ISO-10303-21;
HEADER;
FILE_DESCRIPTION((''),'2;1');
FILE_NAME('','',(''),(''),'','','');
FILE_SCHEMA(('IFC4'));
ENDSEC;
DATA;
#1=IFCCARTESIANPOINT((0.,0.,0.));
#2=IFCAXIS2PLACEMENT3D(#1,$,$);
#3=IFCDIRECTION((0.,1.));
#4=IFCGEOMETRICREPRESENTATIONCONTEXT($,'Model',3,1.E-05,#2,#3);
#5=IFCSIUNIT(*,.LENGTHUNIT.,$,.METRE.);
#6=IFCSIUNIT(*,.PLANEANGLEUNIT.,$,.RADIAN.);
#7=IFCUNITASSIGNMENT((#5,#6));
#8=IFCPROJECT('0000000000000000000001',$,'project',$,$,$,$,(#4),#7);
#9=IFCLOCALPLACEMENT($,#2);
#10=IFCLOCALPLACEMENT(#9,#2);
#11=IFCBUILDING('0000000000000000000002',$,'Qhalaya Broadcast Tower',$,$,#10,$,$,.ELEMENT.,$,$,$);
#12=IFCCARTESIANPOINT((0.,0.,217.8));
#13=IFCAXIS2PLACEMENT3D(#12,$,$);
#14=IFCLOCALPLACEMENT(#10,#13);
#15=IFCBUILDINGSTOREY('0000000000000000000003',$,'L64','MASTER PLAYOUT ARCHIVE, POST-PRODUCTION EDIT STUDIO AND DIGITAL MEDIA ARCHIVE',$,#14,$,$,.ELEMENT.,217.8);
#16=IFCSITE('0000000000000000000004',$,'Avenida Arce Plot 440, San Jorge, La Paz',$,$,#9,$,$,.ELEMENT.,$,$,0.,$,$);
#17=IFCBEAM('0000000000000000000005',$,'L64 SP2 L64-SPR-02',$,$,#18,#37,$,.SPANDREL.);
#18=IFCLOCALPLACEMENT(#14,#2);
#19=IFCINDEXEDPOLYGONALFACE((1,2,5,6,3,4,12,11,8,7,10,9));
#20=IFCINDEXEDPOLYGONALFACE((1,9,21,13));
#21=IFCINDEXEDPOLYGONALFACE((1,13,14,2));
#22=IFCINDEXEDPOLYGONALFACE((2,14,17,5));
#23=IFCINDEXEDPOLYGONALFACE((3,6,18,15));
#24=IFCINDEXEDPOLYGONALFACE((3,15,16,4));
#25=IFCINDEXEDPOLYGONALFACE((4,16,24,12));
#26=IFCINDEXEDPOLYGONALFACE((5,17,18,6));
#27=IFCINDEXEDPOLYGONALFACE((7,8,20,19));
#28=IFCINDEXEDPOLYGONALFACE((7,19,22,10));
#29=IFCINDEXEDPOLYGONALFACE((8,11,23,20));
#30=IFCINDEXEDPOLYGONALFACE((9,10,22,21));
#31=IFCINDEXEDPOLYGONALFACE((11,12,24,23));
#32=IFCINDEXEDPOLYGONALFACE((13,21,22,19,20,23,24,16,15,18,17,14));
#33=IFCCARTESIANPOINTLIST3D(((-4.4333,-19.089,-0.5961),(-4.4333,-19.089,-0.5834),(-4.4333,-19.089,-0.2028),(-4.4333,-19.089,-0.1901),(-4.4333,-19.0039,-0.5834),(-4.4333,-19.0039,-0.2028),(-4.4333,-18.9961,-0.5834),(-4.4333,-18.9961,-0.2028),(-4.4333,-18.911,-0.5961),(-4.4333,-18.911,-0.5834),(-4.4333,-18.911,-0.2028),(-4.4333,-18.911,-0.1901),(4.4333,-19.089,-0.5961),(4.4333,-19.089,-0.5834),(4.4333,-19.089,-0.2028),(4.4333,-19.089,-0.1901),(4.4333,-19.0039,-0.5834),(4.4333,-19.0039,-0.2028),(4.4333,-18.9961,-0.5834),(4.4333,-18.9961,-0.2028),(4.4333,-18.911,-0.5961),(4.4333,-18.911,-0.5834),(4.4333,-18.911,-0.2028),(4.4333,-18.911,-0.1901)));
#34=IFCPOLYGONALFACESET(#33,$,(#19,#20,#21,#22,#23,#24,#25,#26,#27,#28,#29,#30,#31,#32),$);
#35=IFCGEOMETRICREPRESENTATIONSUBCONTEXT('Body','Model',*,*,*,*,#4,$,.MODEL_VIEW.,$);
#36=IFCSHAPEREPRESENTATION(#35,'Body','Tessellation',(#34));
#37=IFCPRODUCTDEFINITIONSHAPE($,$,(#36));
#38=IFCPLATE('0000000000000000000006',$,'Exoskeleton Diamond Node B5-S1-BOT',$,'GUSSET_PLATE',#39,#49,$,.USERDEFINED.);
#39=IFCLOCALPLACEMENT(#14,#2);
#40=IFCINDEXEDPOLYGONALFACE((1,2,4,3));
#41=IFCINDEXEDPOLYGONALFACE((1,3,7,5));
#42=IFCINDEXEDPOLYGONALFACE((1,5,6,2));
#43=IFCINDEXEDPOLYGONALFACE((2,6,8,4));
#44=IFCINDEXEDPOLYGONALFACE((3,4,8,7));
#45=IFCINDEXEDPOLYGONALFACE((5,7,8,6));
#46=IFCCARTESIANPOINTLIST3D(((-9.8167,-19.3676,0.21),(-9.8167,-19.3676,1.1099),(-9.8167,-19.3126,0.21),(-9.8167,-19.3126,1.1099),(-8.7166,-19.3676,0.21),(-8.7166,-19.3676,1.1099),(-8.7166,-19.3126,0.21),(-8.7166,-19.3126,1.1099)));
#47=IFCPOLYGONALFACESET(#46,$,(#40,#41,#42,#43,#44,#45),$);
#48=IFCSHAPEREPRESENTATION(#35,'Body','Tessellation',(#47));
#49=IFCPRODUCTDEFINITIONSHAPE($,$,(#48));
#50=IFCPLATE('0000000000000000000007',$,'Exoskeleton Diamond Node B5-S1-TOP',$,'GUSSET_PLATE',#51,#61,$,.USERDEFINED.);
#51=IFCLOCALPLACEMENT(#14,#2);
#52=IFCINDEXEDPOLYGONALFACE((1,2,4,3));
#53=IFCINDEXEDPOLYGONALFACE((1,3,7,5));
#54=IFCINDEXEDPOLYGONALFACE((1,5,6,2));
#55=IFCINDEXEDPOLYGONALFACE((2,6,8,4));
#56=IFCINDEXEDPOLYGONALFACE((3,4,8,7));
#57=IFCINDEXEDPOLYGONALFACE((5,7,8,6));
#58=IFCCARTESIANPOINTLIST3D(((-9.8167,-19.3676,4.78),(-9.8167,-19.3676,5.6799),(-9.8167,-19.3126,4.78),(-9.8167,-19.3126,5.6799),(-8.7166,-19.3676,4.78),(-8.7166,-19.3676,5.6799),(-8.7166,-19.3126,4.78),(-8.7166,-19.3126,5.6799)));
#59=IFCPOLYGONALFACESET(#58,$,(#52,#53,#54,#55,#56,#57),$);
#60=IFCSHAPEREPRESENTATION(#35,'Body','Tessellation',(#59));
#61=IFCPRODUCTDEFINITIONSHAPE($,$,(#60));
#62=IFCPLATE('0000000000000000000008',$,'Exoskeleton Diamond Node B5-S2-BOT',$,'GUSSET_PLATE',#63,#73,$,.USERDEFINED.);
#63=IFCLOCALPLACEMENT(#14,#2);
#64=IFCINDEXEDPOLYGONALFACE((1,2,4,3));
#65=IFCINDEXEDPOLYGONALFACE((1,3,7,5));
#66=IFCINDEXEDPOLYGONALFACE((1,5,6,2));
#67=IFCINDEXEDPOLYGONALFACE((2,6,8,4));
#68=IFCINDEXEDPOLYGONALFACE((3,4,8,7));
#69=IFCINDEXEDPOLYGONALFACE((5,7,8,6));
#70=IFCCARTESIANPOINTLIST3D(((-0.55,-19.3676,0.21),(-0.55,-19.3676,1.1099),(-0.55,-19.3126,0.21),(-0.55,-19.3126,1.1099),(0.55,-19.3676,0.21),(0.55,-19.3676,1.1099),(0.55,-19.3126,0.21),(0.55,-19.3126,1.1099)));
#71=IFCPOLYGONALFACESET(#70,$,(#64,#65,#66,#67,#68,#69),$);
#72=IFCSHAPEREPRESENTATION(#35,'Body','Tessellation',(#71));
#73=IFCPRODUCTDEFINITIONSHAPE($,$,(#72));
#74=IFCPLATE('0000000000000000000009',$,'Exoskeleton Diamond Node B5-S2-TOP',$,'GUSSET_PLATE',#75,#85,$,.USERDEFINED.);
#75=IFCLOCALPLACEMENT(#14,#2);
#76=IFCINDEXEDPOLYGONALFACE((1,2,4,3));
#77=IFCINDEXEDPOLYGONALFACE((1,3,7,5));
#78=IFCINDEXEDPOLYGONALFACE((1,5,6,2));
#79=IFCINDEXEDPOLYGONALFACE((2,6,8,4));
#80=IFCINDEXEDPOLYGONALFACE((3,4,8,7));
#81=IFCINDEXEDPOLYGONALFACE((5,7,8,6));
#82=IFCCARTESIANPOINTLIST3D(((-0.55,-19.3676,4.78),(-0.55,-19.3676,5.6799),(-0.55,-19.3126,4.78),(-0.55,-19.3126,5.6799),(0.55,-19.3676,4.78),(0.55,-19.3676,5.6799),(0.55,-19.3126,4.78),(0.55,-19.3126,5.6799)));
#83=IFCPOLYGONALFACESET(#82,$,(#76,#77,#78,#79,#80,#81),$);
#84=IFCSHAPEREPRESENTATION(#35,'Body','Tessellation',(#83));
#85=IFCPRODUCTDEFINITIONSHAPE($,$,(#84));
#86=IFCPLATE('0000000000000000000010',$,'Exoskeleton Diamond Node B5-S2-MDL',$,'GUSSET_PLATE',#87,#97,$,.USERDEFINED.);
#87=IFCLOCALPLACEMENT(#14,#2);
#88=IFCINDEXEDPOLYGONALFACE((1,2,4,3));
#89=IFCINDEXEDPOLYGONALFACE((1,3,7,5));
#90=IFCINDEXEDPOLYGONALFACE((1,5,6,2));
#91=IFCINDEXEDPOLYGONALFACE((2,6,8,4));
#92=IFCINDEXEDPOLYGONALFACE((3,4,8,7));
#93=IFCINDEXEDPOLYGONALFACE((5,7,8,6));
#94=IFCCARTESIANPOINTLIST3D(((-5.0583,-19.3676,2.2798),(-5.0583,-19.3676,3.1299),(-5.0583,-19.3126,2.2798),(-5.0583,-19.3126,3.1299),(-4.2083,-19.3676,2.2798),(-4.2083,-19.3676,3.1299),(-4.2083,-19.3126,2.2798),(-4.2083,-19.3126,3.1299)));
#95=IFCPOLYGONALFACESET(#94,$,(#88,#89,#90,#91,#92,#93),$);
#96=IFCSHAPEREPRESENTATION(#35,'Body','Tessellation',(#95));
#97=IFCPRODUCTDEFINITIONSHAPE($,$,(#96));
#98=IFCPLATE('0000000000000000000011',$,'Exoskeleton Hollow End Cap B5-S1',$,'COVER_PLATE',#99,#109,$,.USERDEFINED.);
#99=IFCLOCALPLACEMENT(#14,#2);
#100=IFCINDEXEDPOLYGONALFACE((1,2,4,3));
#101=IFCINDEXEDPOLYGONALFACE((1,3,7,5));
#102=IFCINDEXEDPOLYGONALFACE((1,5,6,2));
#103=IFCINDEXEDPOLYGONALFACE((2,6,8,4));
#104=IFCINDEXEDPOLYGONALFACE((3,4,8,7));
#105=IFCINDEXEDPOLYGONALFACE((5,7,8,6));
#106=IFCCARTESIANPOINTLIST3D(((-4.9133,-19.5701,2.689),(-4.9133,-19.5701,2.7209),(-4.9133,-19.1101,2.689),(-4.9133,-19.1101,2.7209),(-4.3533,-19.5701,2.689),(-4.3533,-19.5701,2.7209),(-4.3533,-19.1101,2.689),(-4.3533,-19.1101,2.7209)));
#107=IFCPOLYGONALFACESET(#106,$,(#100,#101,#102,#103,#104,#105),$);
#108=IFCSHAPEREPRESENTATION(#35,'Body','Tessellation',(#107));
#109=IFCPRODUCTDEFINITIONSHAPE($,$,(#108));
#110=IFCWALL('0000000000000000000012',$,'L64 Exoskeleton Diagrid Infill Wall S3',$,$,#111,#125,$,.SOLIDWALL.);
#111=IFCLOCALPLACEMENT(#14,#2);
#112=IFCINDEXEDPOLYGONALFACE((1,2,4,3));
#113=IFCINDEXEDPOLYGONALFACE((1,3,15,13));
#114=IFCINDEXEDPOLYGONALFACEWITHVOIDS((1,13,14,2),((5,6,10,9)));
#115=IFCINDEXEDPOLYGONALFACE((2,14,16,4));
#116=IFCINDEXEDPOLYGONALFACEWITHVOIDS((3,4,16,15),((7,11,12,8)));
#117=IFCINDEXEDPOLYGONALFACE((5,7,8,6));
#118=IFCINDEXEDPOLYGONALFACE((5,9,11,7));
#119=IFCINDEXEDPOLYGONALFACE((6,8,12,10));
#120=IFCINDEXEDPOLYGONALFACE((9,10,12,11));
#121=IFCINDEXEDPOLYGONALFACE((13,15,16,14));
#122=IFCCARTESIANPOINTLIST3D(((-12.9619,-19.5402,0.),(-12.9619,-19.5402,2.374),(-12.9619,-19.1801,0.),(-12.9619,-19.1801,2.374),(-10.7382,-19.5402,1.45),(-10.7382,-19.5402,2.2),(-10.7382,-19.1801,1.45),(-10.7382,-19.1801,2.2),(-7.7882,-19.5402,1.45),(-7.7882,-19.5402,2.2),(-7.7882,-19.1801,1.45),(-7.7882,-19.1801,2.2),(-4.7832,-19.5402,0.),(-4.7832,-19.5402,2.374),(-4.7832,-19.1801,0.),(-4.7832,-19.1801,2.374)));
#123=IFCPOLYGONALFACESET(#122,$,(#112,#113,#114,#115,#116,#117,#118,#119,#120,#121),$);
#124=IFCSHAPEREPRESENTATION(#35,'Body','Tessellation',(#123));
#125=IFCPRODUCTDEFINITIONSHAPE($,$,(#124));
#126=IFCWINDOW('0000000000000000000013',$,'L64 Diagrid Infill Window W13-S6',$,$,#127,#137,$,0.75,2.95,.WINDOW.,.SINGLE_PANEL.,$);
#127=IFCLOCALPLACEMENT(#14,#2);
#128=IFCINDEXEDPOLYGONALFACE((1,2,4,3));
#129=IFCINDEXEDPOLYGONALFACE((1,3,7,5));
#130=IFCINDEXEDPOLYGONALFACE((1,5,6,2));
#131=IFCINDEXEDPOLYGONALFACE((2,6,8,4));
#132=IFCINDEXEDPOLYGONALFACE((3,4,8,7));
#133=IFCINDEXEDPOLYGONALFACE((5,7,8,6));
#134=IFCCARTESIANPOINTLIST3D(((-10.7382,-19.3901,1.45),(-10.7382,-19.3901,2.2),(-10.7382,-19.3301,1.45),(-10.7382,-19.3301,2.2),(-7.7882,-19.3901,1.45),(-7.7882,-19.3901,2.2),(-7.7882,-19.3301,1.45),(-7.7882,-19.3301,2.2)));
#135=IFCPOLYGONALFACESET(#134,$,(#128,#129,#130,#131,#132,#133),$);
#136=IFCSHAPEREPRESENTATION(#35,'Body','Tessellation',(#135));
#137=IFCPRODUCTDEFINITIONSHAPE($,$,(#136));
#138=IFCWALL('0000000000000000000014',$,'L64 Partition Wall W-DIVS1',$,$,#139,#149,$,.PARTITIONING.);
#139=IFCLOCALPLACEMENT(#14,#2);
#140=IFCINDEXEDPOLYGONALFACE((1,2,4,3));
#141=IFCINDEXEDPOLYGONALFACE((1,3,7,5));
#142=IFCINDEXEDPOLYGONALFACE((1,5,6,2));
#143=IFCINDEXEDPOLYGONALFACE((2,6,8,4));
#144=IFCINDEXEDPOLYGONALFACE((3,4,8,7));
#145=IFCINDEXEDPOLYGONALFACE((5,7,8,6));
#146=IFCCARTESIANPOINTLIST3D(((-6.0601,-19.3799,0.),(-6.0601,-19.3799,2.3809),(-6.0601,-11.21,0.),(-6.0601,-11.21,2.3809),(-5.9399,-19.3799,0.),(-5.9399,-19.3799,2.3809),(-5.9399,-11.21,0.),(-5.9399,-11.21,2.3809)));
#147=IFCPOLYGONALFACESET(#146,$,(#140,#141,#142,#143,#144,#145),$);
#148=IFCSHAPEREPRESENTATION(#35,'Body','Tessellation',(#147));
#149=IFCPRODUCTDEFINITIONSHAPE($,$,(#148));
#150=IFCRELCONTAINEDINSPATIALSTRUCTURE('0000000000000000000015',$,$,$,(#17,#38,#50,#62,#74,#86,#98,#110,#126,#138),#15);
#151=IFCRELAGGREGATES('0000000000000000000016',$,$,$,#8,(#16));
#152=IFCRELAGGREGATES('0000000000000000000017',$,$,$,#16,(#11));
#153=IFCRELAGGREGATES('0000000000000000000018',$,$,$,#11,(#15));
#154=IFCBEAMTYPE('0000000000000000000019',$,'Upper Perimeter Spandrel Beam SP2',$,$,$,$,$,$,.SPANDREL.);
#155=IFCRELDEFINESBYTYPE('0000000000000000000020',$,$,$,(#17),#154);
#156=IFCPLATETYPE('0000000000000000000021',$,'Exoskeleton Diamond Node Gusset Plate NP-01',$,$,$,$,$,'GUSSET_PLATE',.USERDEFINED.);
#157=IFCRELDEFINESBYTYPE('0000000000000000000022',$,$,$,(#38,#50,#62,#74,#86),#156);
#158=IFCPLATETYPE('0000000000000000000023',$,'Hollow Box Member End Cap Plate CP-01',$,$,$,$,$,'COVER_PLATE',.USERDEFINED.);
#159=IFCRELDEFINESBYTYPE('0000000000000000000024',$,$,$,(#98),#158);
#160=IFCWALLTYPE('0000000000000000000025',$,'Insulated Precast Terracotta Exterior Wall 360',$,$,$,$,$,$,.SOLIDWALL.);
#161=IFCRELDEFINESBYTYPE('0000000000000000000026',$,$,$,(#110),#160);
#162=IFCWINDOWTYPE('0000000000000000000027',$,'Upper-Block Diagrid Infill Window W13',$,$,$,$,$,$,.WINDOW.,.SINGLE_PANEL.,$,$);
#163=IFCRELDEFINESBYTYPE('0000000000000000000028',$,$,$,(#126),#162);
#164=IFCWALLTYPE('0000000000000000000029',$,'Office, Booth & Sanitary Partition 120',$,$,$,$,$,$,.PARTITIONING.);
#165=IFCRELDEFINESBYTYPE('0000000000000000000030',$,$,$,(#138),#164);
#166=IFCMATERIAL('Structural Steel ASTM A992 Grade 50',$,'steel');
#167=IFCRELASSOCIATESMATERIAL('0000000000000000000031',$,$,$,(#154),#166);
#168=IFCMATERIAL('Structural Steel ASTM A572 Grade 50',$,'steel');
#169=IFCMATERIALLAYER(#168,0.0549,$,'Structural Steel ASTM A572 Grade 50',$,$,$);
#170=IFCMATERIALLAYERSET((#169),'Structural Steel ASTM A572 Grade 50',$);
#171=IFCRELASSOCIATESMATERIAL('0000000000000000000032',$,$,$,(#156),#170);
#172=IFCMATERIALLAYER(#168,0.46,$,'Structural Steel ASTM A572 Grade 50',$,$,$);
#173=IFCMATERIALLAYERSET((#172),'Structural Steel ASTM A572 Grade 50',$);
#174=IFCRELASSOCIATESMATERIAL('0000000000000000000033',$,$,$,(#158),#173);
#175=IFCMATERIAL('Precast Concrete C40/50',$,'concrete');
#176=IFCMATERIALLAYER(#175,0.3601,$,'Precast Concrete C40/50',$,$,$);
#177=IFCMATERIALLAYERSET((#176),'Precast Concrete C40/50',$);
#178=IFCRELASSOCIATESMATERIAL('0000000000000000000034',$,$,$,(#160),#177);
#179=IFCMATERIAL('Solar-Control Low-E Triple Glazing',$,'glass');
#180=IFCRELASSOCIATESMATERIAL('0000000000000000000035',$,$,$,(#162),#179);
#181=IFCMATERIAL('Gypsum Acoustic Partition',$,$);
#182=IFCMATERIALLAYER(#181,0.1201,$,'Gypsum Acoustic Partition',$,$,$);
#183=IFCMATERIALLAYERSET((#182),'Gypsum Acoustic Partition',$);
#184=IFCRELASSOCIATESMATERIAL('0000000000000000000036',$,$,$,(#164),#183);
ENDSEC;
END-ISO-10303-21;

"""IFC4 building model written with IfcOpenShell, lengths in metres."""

from ifc_helpers import new_model, si_unit, direction, frame, frame_2d, origin, origin_2d, place, context, subcontext, project, spatial, rectangle, i_section, extrude, material, layer, layer_set, material_profile, profile_set, type_object, element, fill, save


model = new_model("IFC4")

# Units and contexts
model_context = context("Model", 3, precision=1e-05, world=origin(), true_north=direction((0.0, 1.0)))
body_context = subcontext(model_context, "Body", "Model", "MODEL_VIEW")
ifc_project = project(units=[si_unit("LENGTHUNIT", "METRE"), si_unit("PLANEANGLEUNIT", "RADIAN")], contexts=[model_context])

# Site, building, storey
site_placement = place(None, origin())
site = spatial("IfcSite", under=ifc_project, at=site_placement, Name="Avenida Arce Plot 440, San Jorge, La Paz", CompositionType="ELEMENT", RefElevation=0.0)
building_placement = place(site_placement, origin())
building = spatial("IfcBuilding", under=site, at=building_placement, Name="Qhalaya Broadcast Tower", CompositionType="ELEMENT")
storey_placement = place(building_placement, frame((0.0, 0.0, 217.8)))
storey = spatial("IfcBuildingStorey", under=building, at=storey_placement, Name="L64", Description="MASTER PLAYOUT ARCHIVE, POST-PRODUCTION EDIT STUDIO AND DIGITAL MEDIA ARCHIVE", CompositionType="ELEMENT", Elevation=217.8)

# Shared definitions
ifc_material_1 = material(Name="Structural Steel ASTM A572 Grade 50", Category="steel")

# Shared definitions
ifc_material_2 = material(Name="Structural Steel ASTM A992 Grade 50", Category="steel")

# Beam
ifc_material_profile_1 = material_profile(ifc_material_2, i_section(OverallWidth=0.178, OverallDepth=0.406, WebThickness=0.0078, FlangeThickness=0.0127, at=origin_2d()), Name="W16X40")
ifc_profile_set_1 = profile_set([ifc_material_profile_1], Name="Structural Steel ASTM A992 Grade 50")
beam_type_1 = type_object("IfcBeamType", Name="Upper Perimeter Spandrel Beam SP2", PredefinedType="SPANDREL", material=ifc_profile_set_1)
beam_placement = place(storey_placement, frame((-4.4333, -19.0, -0.3931), z_axis=(1.0, 0.0, 0.0), x_axis=(0.0, 1.0, 0.0)))
element("IfcBeam", 1, at=beam_placement, inside=storey, type_object=beam_type_1, Name="L64 SP2 L64-SPR-02", PredefinedType="SPANDREL", context=body_context, shape_type="SweptSolid", body=[
    extrude(i_section(OverallWidth=0.178, OverallDepth=0.406, WebThickness=0.0078, FlangeThickness=0.0127, at=origin_2d()), origin(), (0.0, 0.0, 1.0), 8.8667),
])

# Plates
ifc_layer_1 = layer(ifc_material_1, 0.0549, Name="Structural Steel ASTM A572 Grade 50")
ifc_layer_set_1 = layer_set([ifc_layer_1], Name="Structural Steel ASTM A572 Grade 50")
plate_type_1 = type_object("IfcPlateType", Name="Exoskeleton Diamond Node Gusset Plate NP-01", ElementType="GUSSET_PLATE", PredefinedType="USERDEFINED", material=ifc_layer_set_1)
for number, where, z_axis, x_axis, name in (
    (2, (-9.2666, -19.3401, 0.21), (0.0, 0.0, 1.0), (1.0, 0.0, 0.0), "Exoskeleton Diamond Node B5-S1-BOT"),
    (3, (-9.2666, -19.3401, 4.78), (0.0, 0.0, 1.0), (1.0, 0.0, 0.0), "Exoskeleton Diamond Node B5-S1-TOP"),
    (4, (0.0, -19.3401, 0.21), (0.0, 0.0, 1.0), (1.0, 0.0, 0.0), "Exoskeleton Diamond Node B5-S2-BOT"),
    (5, (0.0, -19.3401, 4.78), (0.0, 0.0, 1.0), (1.0, 0.0, 0.0), "Exoskeleton Diamond Node B5-S2-TOP"),
):
    element("IfcPlate", number, at=place(storey_placement, frame(where, z_axis=z_axis, x_axis=x_axis)), inside=storey, type_object=plate_type_1, Name=name, ObjectType="GUSSET_PLATE", PredefinedType="USERDEFINED", context=body_context, shape_type="SweptSolid", body=[
        extrude(rectangle(XDim=1.1001, YDim=0.0549, at=origin_2d()), origin(), (0.0, 0.0, 1.0), 0.8999),
    ])
plate_1_placement = place(storey_placement, frame((-4.6333, -19.3401, 2.2798), z_axis=(0.0, 0.0, 1.0), x_axis=(1.0, 0.0, 0.0)))
element("IfcPlate", 6, at=plate_1_placement, inside=storey, type_object=plate_type_1, Name="Exoskeleton Diamond Node B5-S2-MDL", ObjectType="GUSSET_PLATE", PredefinedType="USERDEFINED", context=body_context, shape_type="SweptSolid", body=[
    extrude(rectangle(XDim=0.8501, YDim=0.0549, at=origin_2d()), origin(), (0.0, 0.0, 1.0), 0.8501),
])
ifc_layer_2 = layer(ifc_material_1, 0.46, Name="Structural Steel ASTM A572 Grade 50")
ifc_layer_set_2 = layer_set([ifc_layer_2], Name="Structural Steel ASTM A572 Grade 50")
plate_type_2 = type_object("IfcPlateType", Name="Hollow Box Member End Cap Plate CP-01", ElementType="COVER_PLATE", PredefinedType="USERDEFINED", material=ifc_layer_set_2)
plate_2_placement = place(storey_placement, frame((-4.6333, -19.3401, 2.689), z_axis=(0.0, 0.0, 1.0), x_axis=(1.0, 0.0, 0.0)))
element("IfcPlate", 7, at=plate_2_placement, inside=storey, type_object=plate_type_2, Name="Exoskeleton Hollow End Cap B5-S1", ObjectType="COVER_PLATE", PredefinedType="USERDEFINED", context=body_context, shape_type="SweptSolid", body=[
    extrude(rectangle(XDim=0.5601, YDim=0.46, at=origin_2d()), origin(), (0.0, 0.0, 1.0), 0.032),
])

# Wall, opening, window
ifc_material_3 = material(Name="Precast Concrete C40/50", Category="concrete")
ifc_layer_3 = layer(ifc_material_3, 0.3601, Name="Precast Concrete C40/50")
ifc_layer_set_3 = layer_set([ifc_layer_3], Name="Precast Concrete C40/50")
wall_type_1 = type_object("IfcWallType", Name="Insulated Precast Terracotta Exterior Wall 360", PredefinedType="SOLIDWALL", material=ifc_layer_set_3)
wall_1_placement = place(storey_placement, frame((-4.7832, -19.3601, 0.0), z_axis=(0.0, 0.0, 1.0), x_axis=(-1.0, 0.0, 0.0)))
wall_1 = element("IfcWall", 8, at=wall_1_placement, inside=storey, type_object=wall_type_1, Name="L64 Exoskeleton Diagrid Infill Wall S3", PredefinedType="SOLIDWALL", context=body_context, shape_type="SweptSolid", body=[
    extrude(rectangle(XDim=8.1787, YDim=0.3601, at=frame_2d((4.0894, 0.0))), origin(), (0.0, 0.0, 1.0), 2.374),
])
opening_placement = place(wall_1_placement, frame((3.0049, 0.0, 1.45)))
opening = element("IfcOpeningElement", 9, at=opening_placement, cuts=wall_1, PredefinedType="OPENING", context=body_context, shape_type="SweptSolid", body=[
    extrude(rectangle(XDim=2.95, YDim=0.75, at=frame_2d((1.4751, 0.375))), frame((0.0, 0.1921, 0.0), z_axis=(0.0, -1.0, 0.0), x_axis=(1.0, 0.0, 0.0)), (0.0, 0.0, 1.0), 0.384),
])
ifc_material_4 = material(Name="Solar-Control Low-E Triple Glazing", Category="glass")
window_type = type_object("IfcWindowType", Name="Upper-Block Diagrid Infill Window W13", PartitioningType="SINGLE_PANEL", PredefinedType="WINDOW", material=ifc_material_4)
window_placement = place(opening_placement, origin())
window = element("IfcWindow", 10, at=window_placement, inside=storey, type_object=window_type, Name="L64 Diagrid Infill Window W13-S6", OverallHeight=0.75, OverallWidth=2.95, PartitioningType="SINGLE_PANEL", PredefinedType="WINDOW", context=body_context, shape_type="SweptSolid", body=[
    extrude(rectangle(XDim=2.95, YDim=0.75, at=frame_2d((1.4751, 0.375))), frame((0.0, 0.03, 0.0), z_axis=(0.0, -1.0, 0.0), x_axis=(1.0, 0.0, 0.0)), (0.0, 0.0, 1.0), 0.0601),
])
fill(opening, window)

# Wall
ifc_material_5 = material(Name="Gypsum Acoustic Partition")
ifc_layer_4 = layer(ifc_material_5, 0.1201, Name="Gypsum Acoustic Partition")
ifc_layer_set_4 = layer_set([ifc_layer_4], Name="Gypsum Acoustic Partition")
wall_type_2 = type_object("IfcWallType", Name="Office, Booth & Sanitary Partition 120", PredefinedType="PARTITIONING", material=ifc_layer_set_4)
wall_2_placement = place(storey_placement, frame((-6.0, -19.3799, 0.0), z_axis=(0.0, 0.0, 1.0), x_axis=(0.0, 1.0, 0.0)))
element("IfcWall", 11, at=wall_2_placement, inside=storey, type_object=wall_type_2, Name="L64 Partition Wall W-DIVS1", PredefinedType="PARTITIONING", context=body_context, shape_type="SweptSolid", body=[
    extrude(rectangle(XDim=8.1699, YDim=0.1201, at=frame_2d((4.085, 0.0))), origin(), (0.0, 0.0, 1.0), 2.3809),
])

save(model, "model.ifc")
